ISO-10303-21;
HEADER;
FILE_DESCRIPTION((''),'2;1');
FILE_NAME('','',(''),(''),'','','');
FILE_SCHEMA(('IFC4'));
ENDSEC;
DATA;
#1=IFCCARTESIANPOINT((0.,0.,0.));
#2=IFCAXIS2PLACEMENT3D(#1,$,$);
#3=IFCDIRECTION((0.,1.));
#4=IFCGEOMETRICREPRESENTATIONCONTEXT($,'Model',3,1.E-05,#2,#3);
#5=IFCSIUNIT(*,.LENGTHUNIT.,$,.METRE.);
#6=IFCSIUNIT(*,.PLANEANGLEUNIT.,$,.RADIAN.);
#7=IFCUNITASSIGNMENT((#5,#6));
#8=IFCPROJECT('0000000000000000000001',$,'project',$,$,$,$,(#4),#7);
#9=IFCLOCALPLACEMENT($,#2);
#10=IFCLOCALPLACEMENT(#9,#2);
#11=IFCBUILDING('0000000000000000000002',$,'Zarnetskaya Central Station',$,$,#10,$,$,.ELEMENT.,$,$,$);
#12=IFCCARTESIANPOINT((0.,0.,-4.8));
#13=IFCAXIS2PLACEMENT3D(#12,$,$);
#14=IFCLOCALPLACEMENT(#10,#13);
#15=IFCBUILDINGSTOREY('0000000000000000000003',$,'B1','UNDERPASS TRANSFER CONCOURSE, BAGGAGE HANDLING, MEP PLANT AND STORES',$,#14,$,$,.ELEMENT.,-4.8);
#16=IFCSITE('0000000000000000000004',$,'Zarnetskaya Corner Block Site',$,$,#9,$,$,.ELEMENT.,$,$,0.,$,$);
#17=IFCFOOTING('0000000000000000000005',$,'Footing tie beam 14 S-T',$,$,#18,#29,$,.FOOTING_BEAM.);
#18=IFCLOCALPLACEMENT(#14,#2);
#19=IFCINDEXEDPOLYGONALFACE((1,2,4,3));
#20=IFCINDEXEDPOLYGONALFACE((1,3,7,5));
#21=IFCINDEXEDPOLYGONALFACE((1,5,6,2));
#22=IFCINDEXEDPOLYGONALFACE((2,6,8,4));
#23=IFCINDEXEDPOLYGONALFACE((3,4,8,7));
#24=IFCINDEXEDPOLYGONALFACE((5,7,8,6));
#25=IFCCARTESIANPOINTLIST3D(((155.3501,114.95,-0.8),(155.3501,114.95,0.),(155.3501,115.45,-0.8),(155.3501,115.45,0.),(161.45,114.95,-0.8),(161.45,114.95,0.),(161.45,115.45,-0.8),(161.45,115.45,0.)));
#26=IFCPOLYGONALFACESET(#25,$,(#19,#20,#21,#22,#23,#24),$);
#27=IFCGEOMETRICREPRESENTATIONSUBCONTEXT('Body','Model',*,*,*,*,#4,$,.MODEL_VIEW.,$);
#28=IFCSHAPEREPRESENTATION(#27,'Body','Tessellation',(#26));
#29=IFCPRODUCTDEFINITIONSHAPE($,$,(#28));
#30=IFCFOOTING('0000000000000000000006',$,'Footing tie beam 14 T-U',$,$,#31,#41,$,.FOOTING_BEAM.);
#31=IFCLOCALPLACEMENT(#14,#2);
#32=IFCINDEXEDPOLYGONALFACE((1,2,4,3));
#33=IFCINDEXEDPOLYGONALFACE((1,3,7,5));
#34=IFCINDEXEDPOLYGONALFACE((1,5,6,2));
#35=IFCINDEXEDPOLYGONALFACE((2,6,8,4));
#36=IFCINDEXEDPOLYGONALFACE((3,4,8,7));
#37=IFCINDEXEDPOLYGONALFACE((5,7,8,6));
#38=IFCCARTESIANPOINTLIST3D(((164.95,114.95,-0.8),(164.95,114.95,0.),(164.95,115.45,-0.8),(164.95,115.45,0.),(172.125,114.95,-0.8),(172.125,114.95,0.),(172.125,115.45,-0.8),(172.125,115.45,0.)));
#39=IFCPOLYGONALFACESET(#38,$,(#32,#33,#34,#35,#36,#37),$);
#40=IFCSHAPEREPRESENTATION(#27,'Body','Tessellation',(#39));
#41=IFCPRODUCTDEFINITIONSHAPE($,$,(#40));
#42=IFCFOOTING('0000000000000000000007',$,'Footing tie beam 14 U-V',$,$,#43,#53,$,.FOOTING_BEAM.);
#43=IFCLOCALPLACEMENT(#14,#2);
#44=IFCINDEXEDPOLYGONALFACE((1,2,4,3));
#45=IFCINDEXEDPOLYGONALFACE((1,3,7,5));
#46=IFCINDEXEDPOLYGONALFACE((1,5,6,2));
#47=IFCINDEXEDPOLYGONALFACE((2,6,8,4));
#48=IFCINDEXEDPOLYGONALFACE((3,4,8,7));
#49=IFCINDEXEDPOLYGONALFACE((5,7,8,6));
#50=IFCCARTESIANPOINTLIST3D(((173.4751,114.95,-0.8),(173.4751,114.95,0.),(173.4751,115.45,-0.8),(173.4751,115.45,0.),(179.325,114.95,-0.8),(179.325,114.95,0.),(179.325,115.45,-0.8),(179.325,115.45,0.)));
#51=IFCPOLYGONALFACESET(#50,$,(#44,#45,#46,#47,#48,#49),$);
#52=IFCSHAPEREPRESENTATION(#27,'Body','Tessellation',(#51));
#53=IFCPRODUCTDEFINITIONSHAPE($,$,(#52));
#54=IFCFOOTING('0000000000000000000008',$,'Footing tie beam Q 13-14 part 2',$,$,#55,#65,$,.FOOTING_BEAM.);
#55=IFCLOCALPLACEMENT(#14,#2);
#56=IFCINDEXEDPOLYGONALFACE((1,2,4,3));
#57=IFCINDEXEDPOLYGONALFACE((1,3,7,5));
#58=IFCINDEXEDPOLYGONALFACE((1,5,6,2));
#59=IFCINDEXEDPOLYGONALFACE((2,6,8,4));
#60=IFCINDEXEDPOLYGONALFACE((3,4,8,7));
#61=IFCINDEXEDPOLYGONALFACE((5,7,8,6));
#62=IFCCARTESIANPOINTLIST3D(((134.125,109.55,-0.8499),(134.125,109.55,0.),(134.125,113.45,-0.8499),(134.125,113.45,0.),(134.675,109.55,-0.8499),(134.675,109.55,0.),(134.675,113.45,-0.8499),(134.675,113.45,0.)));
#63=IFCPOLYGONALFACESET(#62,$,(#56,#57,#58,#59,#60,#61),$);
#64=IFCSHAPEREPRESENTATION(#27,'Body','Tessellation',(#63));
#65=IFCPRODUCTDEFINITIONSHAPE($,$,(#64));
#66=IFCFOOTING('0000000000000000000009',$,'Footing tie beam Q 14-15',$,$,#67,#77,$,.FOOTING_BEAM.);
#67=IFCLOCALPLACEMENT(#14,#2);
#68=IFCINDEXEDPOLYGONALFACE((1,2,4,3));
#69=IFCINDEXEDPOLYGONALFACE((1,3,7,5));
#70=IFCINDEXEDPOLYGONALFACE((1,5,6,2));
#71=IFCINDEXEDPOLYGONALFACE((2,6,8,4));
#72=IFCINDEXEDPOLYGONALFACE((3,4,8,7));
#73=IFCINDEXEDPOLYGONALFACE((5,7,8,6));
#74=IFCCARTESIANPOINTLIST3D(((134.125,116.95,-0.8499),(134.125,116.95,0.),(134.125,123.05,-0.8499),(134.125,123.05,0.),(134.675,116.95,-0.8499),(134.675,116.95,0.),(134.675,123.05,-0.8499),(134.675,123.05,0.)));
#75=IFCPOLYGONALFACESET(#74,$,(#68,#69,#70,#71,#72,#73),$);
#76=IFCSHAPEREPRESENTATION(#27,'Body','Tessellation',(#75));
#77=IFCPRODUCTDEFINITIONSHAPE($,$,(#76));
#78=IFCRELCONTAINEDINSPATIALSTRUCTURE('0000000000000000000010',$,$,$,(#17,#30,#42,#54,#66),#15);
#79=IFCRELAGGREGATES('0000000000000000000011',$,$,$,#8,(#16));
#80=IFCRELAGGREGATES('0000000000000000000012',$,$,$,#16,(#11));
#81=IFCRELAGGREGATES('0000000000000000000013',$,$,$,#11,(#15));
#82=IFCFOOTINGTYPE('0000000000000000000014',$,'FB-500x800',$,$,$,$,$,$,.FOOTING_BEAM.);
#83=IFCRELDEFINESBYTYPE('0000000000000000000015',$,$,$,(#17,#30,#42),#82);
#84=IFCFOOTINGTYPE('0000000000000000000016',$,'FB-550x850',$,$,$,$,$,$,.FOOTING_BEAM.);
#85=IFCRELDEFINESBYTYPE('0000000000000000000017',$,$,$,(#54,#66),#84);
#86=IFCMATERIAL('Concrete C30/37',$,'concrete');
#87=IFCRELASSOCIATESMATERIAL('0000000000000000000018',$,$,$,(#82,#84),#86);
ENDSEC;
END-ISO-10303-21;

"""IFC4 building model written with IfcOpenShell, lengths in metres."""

from ifc_helpers import new_model, si_unit, direction, frame, origin, place, context, subcontext, project, spatial, polyline, outline, extrude, material, type_object, element, save


model = new_model("IFC4")

# Units and contexts
model_context = context("Model", 3, precision=1e-05, world=origin(), true_north=direction((0.0, 1.0)))
body_context = subcontext(model_context, "Body", "Model", "MODEL_VIEW")
ifc_project = project(units=[si_unit("LENGTHUNIT", "METRE"), si_unit("PLANEANGLEUNIT", "RADIAN")], contexts=[model_context])

# Site, building, storey
site_placement = place(None, origin())
site = spatial("IfcSite", under=ifc_project, at=site_placement, Name="Zarnetskaya Corner Block Site", CompositionType="ELEMENT", RefElevation=0.0)
building_placement = place(site_placement, origin())
building = spatial("IfcBuilding", under=site, at=building_placement, Name="Zarnetskaya Central Station", CompositionType="ELEMENT")
storey_placement = place(building_placement, frame((0.0, 0.0, -4.8)))
storey = spatial("IfcBuildingStorey", under=building, at=storey_placement, Name="B1", Description="UNDERPASS TRANSFER CONCOURSE, BAGGAGE HANDLING, MEP PLANT AND STORES", CompositionType="ELEMENT", Elevation=-4.8)

# Footings
ifc_material = material(Name="Concrete C30/37", Category="concrete")
footing_type_1 = type_object("IfcFootingType", Name="FB-500x800", PredefinedType="FOOTING_BEAM", material=ifc_material)
footing_1_placement = place(storey_placement, frame((0.0, 0.0, -0.8)))
element("IfcFooting", 1, at=footing_1_placement, inside=storey, type_object=footing_type_1, Name="Footing tie beam 14 S-T", PredefinedType="FOOTING_BEAM", context=body_context, shape_type="SweptSolid", body=[
    extrude(outline(polyline([(155.3501, 114.95), (161.45, 114.95), (161.45, 115.45), (155.3501, 115.45), (155.3501, 114.95)])), origin(), (0.0, 0.0, 1.0), 0.8),
])
footing_2_placement = place(storey_placement, frame((0.0, 0.0, -0.8)))
element("IfcFooting", 2, at=footing_2_placement, inside=storey, type_object=footing_type_1, Name="Footing tie beam 14 T-U", PredefinedType="FOOTING_BEAM", context=body_context, shape_type="SweptSolid", body=[
    extrude(outline(polyline([(164.95, 114.95), (172.125, 114.95), (172.125, 115.45), (164.95, 115.45), (164.95, 114.95)])), origin(), (0.0, 0.0, 1.0), 0.8),
])
footing_3_placement = place(storey_placement, frame((0.0, 0.0, -0.8)))
element("IfcFooting", 3, at=footing_3_placement, inside=storey, type_object=footing_type_1, Name="Footing tie beam 14 U-V", PredefinedType="FOOTING_BEAM", context=body_context, shape_type="SweptSolid", body=[
    extrude(outline(polyline([(173.4751, 114.95), (179.325, 114.95), (179.325, 115.45), (173.4751, 115.45), (173.4751, 114.95)])), origin(), (0.0, 0.0, 1.0), 0.8),
])
footing_type_2 = type_object("IfcFootingType", Name="FB-550x850", PredefinedType="FOOTING_BEAM", material=ifc_material)
footing_4_placement = place(storey_placement, frame((0.0, 0.0, -0.8499)))
element("IfcFooting", 4, at=footing_4_placement, inside=storey, type_object=footing_type_2, Name="Footing tie beam Q 13-14 part 2", PredefinedType="FOOTING_BEAM", context=body_context, shape_type="SweptSolid", body=[
    extrude(outline(polyline([(134.125, 109.55), (134.675, 109.55), (134.675, 113.45), (134.125, 113.45), (134.125, 109.55)])), origin(), (0.0, 0.0, 1.0), 0.8499),
])
footing_5_placement = place(storey_placement, frame((0.0, 0.0, -0.8499)))
element("IfcFooting", 5, at=footing_5_placement, inside=storey, type_object=footing_type_2, Name="Footing tie beam Q 14-15", PredefinedType="FOOTING_BEAM", context=body_context, shape_type="SweptSolid", body=[
    extrude(outline(polyline([(134.125, 116.95), (134.675, 116.95), (134.675, 123.05), (134.125, 123.05), (134.125, 116.95)])), origin(), (0.0, 0.0, 1.0), 0.8499),
])

save(model, "model.ifc")
